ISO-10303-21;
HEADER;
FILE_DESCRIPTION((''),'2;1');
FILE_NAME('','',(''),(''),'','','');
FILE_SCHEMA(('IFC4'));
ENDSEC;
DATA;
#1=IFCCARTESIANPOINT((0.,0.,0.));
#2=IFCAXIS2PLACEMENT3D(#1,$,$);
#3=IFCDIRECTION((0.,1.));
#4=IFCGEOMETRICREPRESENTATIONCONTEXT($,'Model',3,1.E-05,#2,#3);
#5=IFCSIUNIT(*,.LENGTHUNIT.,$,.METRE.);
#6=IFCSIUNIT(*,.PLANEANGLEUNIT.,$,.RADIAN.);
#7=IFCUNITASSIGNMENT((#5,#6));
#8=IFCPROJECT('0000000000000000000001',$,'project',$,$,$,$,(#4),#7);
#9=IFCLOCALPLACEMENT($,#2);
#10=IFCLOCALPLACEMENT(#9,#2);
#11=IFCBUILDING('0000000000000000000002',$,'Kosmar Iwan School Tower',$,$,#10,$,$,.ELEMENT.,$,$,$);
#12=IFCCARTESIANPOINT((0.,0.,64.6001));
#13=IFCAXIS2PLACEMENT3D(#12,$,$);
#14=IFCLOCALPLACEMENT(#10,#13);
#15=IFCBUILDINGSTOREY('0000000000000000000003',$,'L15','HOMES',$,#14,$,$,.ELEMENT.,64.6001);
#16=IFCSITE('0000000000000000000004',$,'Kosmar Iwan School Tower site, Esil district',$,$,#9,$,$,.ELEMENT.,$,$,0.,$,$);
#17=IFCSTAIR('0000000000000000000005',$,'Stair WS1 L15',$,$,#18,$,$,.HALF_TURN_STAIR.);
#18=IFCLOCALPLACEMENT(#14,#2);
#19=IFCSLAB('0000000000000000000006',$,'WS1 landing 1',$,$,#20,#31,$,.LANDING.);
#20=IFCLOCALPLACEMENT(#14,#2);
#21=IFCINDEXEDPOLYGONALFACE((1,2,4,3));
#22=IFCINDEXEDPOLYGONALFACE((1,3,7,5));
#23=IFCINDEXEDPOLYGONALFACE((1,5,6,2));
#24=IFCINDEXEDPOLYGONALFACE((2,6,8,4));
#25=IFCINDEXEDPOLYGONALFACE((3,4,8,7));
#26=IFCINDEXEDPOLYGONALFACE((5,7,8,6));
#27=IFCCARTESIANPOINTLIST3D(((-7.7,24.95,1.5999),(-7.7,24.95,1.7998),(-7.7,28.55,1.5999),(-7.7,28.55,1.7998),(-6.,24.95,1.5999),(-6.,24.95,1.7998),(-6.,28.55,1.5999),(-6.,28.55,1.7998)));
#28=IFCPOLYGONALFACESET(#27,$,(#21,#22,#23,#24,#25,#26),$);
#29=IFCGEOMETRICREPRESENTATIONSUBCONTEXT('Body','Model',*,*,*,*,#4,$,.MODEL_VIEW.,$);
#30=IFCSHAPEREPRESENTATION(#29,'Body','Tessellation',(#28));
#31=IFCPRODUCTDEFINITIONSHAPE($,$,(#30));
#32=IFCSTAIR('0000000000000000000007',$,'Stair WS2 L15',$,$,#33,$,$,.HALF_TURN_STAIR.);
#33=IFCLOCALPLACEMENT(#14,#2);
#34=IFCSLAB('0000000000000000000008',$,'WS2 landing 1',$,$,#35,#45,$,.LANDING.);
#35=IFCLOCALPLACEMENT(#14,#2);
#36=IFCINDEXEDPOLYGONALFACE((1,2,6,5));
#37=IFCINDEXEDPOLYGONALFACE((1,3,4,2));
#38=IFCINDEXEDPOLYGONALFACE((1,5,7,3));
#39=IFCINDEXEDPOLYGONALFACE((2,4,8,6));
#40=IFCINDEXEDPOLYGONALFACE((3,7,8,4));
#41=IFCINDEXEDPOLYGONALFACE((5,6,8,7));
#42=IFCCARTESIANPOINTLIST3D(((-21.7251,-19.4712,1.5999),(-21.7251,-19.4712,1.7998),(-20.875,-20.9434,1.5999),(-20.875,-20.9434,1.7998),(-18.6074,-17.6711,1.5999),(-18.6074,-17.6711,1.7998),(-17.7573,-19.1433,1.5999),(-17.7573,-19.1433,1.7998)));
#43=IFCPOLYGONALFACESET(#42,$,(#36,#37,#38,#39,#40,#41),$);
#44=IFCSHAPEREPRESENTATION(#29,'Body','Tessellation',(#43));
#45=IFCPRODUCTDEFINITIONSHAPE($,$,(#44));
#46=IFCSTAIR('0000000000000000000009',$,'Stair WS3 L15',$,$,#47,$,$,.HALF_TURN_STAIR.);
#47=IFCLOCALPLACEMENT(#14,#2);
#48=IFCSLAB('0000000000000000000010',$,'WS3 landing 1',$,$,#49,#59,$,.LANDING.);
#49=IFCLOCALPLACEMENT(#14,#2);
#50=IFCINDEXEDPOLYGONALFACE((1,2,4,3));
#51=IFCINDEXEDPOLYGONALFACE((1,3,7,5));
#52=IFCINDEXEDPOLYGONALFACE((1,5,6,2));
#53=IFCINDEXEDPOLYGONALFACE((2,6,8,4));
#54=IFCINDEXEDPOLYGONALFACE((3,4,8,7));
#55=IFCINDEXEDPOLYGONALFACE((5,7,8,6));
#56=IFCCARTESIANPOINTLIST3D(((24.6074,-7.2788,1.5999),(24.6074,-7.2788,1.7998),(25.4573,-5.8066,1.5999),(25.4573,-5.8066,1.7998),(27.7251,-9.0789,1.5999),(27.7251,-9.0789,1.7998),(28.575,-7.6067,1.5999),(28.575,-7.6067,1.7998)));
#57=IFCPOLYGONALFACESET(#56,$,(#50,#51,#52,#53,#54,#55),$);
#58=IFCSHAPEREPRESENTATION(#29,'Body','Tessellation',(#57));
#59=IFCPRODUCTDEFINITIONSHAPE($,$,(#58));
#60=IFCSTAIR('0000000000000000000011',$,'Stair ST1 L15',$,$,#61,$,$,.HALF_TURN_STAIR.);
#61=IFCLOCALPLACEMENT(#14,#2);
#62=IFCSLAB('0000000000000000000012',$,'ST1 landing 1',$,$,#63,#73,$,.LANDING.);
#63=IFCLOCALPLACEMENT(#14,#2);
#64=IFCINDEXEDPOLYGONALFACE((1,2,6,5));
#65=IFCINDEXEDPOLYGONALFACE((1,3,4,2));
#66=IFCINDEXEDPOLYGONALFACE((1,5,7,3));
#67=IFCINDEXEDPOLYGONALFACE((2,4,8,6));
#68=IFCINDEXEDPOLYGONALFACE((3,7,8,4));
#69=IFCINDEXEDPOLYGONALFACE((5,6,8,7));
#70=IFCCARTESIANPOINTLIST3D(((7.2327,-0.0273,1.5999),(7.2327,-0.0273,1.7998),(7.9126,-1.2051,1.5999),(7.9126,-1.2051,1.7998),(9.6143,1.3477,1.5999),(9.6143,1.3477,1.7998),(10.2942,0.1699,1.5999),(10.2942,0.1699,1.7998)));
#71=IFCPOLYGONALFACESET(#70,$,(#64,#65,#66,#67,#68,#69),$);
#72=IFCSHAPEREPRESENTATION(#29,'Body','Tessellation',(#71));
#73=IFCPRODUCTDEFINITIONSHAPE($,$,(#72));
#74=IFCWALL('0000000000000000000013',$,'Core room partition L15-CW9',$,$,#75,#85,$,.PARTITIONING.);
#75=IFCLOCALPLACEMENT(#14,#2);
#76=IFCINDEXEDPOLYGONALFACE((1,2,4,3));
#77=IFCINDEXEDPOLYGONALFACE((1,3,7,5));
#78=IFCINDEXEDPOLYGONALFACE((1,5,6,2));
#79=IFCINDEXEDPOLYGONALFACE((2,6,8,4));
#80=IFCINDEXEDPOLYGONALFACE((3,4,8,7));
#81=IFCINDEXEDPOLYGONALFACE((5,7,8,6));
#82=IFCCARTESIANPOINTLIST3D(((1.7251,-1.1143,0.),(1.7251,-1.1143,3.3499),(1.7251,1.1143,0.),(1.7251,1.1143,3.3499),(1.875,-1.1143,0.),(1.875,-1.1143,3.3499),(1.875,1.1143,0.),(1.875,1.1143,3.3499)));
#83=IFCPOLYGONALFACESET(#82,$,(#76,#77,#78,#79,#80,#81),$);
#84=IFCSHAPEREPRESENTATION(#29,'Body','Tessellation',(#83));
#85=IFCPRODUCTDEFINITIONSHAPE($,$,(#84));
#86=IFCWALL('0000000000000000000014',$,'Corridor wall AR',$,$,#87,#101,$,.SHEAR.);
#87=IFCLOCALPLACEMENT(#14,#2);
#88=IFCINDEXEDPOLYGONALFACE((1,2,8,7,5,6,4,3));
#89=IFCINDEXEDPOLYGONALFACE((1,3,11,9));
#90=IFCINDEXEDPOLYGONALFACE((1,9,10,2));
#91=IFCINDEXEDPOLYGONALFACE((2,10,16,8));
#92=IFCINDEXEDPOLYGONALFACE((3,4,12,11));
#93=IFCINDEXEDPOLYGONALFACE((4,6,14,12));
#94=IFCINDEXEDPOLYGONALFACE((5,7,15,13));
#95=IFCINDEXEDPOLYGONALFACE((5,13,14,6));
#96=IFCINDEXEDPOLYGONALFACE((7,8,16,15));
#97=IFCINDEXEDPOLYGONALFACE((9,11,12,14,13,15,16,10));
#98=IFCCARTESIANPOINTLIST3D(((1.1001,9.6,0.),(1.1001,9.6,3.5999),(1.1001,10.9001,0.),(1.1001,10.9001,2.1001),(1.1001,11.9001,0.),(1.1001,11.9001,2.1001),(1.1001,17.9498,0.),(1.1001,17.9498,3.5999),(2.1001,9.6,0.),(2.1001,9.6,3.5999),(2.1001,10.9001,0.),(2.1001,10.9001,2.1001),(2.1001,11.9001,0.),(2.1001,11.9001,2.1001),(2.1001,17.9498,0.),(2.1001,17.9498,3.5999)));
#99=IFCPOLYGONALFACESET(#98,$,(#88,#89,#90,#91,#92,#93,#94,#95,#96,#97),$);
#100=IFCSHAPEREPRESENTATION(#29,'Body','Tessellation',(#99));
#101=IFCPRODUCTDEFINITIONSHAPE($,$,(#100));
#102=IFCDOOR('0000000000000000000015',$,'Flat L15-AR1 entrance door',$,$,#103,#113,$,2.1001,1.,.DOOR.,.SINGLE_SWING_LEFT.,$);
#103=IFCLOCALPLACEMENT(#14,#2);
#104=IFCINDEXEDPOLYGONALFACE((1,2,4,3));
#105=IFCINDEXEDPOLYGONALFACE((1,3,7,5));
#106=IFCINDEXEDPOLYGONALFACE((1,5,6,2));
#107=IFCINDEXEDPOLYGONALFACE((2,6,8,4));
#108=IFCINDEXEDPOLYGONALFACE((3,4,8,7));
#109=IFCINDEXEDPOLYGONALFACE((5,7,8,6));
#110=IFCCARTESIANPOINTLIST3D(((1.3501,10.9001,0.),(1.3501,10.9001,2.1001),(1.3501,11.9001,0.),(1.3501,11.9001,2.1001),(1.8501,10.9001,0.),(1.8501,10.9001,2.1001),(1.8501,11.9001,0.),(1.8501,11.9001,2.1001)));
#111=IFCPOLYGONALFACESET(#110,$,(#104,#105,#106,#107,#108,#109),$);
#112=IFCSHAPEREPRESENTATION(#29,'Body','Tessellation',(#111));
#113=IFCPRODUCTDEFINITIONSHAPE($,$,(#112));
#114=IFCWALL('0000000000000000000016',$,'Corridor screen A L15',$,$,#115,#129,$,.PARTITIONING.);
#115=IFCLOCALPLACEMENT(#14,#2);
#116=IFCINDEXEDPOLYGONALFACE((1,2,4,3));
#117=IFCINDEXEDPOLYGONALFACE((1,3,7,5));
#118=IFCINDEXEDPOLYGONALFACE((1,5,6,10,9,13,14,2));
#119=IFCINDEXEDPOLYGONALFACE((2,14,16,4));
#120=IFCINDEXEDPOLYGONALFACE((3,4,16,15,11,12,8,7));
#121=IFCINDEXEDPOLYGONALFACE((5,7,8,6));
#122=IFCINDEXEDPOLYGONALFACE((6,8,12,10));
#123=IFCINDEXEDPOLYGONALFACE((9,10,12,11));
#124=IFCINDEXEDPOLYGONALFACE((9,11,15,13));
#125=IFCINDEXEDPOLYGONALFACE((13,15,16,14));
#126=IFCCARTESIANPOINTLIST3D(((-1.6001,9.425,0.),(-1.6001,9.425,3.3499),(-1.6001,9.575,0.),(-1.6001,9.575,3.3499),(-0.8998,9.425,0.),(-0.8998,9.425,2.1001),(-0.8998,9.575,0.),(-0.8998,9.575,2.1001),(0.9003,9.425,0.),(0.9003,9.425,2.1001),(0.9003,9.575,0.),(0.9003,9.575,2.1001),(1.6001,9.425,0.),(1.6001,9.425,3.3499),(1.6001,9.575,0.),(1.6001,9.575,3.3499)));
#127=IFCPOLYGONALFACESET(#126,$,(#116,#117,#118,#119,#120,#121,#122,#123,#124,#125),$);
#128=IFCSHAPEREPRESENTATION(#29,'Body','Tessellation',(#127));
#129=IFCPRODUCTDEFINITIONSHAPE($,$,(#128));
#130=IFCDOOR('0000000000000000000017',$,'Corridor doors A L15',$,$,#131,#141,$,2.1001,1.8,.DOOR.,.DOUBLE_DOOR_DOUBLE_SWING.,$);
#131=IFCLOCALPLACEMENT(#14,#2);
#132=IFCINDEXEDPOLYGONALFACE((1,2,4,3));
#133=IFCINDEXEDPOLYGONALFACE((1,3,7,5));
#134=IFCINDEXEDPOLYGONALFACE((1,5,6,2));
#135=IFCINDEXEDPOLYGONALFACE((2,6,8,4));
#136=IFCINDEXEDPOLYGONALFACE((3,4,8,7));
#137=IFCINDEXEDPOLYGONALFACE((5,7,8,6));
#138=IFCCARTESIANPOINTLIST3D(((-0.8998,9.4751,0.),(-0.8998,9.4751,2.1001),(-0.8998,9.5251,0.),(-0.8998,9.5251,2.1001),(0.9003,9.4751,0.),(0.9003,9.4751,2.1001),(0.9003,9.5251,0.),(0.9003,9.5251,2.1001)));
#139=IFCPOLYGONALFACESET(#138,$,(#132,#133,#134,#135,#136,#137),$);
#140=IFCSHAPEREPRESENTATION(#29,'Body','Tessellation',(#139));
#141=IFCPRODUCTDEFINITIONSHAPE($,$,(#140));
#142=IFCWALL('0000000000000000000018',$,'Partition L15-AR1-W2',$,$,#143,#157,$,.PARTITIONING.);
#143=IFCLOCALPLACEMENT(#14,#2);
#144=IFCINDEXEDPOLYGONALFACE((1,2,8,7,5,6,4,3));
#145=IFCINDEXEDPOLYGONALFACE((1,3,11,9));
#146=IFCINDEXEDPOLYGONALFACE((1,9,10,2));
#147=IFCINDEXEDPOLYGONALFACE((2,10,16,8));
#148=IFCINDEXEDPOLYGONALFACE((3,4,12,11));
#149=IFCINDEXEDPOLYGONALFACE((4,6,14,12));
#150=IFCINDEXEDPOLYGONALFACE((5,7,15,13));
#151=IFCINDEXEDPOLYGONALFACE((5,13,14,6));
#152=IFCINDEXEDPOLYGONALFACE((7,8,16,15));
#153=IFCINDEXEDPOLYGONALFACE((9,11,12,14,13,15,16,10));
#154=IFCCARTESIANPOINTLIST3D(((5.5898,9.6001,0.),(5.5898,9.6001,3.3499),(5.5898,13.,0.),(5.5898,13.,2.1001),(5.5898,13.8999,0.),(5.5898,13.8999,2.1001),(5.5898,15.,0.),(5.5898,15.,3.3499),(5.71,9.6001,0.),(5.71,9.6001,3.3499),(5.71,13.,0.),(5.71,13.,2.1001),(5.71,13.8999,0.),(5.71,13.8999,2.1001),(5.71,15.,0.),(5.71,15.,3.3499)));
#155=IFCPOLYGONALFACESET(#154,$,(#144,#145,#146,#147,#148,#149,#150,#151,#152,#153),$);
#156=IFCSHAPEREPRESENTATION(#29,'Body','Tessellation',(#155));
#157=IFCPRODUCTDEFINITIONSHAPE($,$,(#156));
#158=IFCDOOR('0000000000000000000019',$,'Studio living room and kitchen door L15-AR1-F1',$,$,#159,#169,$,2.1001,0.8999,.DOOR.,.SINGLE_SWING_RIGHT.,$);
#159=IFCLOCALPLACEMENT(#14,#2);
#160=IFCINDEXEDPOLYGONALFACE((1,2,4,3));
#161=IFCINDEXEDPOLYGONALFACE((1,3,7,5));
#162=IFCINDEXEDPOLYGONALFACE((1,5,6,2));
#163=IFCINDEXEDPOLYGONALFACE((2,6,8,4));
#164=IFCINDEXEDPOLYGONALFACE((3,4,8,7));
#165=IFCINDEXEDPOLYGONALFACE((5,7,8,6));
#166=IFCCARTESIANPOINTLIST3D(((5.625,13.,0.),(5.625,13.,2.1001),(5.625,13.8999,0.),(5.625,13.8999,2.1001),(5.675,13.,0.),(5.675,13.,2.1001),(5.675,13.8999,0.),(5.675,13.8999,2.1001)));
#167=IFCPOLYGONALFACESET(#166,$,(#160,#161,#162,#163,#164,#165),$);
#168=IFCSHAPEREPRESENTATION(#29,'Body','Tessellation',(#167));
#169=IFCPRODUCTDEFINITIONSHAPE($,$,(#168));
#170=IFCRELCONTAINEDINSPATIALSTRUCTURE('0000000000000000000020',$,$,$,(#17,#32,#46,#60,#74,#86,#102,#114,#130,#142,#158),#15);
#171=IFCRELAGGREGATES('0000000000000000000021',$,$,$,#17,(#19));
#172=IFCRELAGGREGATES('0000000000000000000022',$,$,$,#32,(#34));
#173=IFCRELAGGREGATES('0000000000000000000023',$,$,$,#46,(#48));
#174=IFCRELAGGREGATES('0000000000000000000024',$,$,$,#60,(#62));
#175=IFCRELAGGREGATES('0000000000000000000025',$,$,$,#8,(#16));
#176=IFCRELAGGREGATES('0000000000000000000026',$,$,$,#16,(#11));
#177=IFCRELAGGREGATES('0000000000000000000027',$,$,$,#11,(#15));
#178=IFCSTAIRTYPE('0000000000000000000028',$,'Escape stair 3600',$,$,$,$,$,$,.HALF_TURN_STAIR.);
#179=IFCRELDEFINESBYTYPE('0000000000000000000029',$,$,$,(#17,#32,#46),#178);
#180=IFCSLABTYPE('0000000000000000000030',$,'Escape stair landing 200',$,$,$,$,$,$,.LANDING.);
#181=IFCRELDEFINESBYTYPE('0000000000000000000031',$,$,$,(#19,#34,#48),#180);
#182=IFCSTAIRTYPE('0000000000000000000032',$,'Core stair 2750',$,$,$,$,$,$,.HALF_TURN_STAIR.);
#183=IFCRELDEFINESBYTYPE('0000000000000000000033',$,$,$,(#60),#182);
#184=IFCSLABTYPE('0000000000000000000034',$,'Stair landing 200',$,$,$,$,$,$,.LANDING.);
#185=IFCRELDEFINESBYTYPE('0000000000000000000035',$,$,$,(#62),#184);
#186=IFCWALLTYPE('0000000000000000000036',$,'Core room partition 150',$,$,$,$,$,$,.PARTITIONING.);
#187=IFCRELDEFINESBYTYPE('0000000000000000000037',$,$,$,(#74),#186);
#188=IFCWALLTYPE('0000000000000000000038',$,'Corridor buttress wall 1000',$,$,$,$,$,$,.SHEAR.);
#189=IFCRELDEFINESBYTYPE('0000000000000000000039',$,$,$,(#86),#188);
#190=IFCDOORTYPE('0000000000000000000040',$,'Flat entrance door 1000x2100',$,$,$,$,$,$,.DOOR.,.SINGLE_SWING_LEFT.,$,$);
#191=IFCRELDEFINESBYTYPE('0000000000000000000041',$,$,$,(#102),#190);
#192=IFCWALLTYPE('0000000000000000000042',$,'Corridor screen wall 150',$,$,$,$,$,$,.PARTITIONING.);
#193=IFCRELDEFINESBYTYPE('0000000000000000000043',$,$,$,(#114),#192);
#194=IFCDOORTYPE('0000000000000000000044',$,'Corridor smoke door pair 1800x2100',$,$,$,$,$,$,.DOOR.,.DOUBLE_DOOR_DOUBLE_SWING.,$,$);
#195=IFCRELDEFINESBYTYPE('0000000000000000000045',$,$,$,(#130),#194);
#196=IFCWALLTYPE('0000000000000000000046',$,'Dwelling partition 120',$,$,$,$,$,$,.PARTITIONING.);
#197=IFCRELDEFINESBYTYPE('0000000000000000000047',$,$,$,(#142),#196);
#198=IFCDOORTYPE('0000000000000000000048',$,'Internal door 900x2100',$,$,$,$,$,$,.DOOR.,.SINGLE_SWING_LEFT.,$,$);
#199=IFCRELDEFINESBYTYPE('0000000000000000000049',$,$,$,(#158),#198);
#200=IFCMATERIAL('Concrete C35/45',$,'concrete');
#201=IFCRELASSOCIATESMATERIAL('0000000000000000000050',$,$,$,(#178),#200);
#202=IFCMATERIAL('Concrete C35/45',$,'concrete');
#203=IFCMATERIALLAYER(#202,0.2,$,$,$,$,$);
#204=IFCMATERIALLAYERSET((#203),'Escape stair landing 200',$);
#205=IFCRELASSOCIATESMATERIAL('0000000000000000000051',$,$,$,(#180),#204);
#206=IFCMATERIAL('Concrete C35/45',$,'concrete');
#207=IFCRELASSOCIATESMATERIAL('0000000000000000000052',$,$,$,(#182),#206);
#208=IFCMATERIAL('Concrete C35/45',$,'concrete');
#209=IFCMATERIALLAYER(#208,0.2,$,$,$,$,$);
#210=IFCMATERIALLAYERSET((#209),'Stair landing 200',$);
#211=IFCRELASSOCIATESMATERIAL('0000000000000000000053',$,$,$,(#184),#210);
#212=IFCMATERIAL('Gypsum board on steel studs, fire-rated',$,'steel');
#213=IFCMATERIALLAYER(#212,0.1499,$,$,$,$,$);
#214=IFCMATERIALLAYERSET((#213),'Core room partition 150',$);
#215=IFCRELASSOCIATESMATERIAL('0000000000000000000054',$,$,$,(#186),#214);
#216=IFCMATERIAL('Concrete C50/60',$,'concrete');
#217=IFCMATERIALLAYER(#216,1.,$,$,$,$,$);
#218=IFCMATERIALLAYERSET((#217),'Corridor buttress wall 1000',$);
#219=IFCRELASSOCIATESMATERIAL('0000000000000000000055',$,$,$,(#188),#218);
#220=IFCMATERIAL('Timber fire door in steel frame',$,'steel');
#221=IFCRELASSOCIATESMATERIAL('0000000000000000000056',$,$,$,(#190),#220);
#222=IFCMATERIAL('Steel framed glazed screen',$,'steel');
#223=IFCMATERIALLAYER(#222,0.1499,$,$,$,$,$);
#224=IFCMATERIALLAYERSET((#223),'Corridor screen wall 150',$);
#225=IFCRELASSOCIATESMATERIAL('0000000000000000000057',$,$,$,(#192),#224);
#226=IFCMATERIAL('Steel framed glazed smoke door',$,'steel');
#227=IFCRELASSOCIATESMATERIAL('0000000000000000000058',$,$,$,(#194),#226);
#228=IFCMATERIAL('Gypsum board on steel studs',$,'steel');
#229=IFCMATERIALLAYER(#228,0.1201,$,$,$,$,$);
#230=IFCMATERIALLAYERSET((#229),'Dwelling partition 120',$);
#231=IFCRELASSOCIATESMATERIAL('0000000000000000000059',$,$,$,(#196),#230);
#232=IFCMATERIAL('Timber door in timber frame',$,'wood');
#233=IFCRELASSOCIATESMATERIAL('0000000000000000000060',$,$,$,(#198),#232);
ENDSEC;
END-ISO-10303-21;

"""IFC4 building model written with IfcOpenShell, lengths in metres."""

from ifc_helpers import new_model, si_unit, direction, frame, frame_2d, origin, place, context, subcontext, project, spatial, polyline, rectangle, outline, extrude, material, layer, layer_set, type_object, element, fill, aggregate, save


model = new_model("IFC4")

# Units and contexts
model_context = context("Model", 3, precision=1e-05, world=origin(), true_north=direction((0.0, 1.0)))
body_context = subcontext(model_context, "Body", "Model", "MODEL_VIEW")
ifc_project = project(units=[si_unit("LENGTHUNIT", "METRE"), si_unit("PLANEANGLEUNIT", "RADIAN")], contexts=[model_context])

# Site, building, storey
site_placement = place(None, origin())
site = spatial("IfcSite", under=ifc_project, at=site_placement, Name="Kosmar Iwan School Tower site, Esil district", CompositionType="ELEMENT", RefElevation=0.0)
building_placement = place(site_placement, origin())
building = spatial("IfcBuilding", under=site, at=building_placement, Name="Kosmar Iwan School Tower", CompositionType="ELEMENT")
storey_placement = place(building_placement, frame((0.0, 0.0, 64.6001)))
storey = spatial("IfcBuildingStorey", under=building, at=storey_placement, Name="L15", Description="HOMES", CompositionType="ELEMENT", Elevation=64.6001)

# Stairs, slabs
ifc_material_1 = material(Name="Concrete C35/45", Category="concrete")
stair_type_1 = type_object("IfcStairType", Name="Escape stair 3600", PredefinedType="HALF_TURN_STAIR", material=ifc_material_1)
stair_1_placement = place(storey_placement, origin())
stair_1 = element("IfcStair", 1, at=stair_1_placement, inside=storey, type_object=stair_type_1, Name="Stair WS1 L15", PredefinedType="HALF_TURN_STAIR")
ifc_material_2 = material(Name="Concrete C35/45", Category="concrete")
ifc_layer_1 = layer(ifc_material_2, 0.2)
ifc_layer_set_1 = layer_set([ifc_layer_1], Name="Escape stair landing 200")
slab_type_1 = type_object("IfcSlabType", Name="Escape stair landing 200", PredefinedType="LANDING", material=ifc_layer_set_1)
slab_1_placement = place(storey_placement, frame((0.0, 0.0, 1.5999)))
slab_1 = element("IfcSlab", 2, at=slab_1_placement, type_object=slab_type_1, Name="WS1 landing 1", PredefinedType="LANDING", context=body_context, shape_type="SweptSolid", body=[
    extrude(outline(polyline([(-6.0, 24.95), (-6.0, 28.55), (-7.7, 28.55), (-7.7, 24.95), (-6.0, 24.95)])), origin(), (0.0, 0.0, 1.0), 0.2),
])
aggregate(stair_1, [slab_1])
stair_2_placement = place(storey_placement, origin())
stair_2 = element("IfcStair", 3, at=stair_2_placement, inside=storey, type_object=stair_type_1, Name="Stair WS2 L15", PredefinedType="HALF_TURN_STAIR")
slab_2_placement = place(storey_placement, frame((0.0, 0.0, 1.5999)))
slab_2 = element("IfcSlab", 4, at=slab_2_placement, type_object=slab_type_1, Name="WS2 landing 1", PredefinedType="LANDING", context=body_context, shape_type="SweptSolid", body=[
    extrude(outline(polyline([(-18.6074, -17.6711), (-21.7251, -19.4712), (-20.875, -20.9434), (-17.7573, -19.1433), (-18.6074, -17.6711)])), origin(), (0.0, 0.0, 1.0), 0.2),
])
aggregate(stair_2, [slab_2])
stair_3_placement = place(storey_placement, origin())
stair_3 = element("IfcStair", 5, at=stair_3_placement, inside=storey, type_object=stair_type_1, Name="Stair WS3 L15", PredefinedType="HALF_TURN_STAIR")
slab_3_placement = place(storey_placement, frame((0.0, 0.0, 1.5999)))
slab_3 = element("IfcSlab", 6, at=slab_3_placement, type_object=slab_type_1, Name="WS3 landing 1", PredefinedType="LANDING", context=body_context, shape_type="SweptSolid", body=[
    extrude(outline(polyline([(24.6074, -7.2788), (27.7251, -9.0789), (28.575, -7.6067), (25.4573, -5.8066), (24.6074, -7.2788)])), origin(), (0.0, 0.0, 1.0), 0.2),
])
aggregate(stair_3, [slab_3])
ifc_material_3 = material(Name="Concrete C35/45", Category="concrete")
stair_type_2 = type_object("IfcStairType", Name="Core stair 2750", PredefinedType="HALF_TURN_STAIR", material=ifc_material_3)
stair_4_placement = place(storey_placement, origin())
stair_4 = element("IfcStair", 7, at=stair_4_placement, inside=storey, type_object=stair_type_2, Name="Stair ST1 L15", PredefinedType="HALF_TURN_STAIR")
ifc_material_4 = material(Name="Concrete C35/45", Category="concrete")
ifc_layer_2 = layer(ifc_material_4, 0.2)
ifc_layer_set_2 = layer_set([ifc_layer_2], Name="Stair landing 200")
slab_type_2 = type_object("IfcSlabType", Name="Stair landing 200", PredefinedType="LANDING", material=ifc_layer_set_2)
slab_4_placement = place(storey_placement, frame((0.0, 0.0, 1.5999)))
slab_4 = element("IfcSlab", 8, at=slab_4_placement, type_object=slab_type_2, Name="ST1 landing 1", PredefinedType="LANDING", context=body_context, shape_type="SweptSolid", body=[
    extrude(outline(polyline([(7.9126, -1.2051), (10.2942, 0.1699), (9.6143, 1.3477), (7.2327, -0.0273), (7.9126, -1.2051)])), origin(), (0.0, 0.0, 1.0), 0.2),
])

# Wall
ifc_material_5 = material(Name="Gypsum board on steel studs, fire-rated", Category="steel")
ifc_layer_3 = layer(ifc_material_5, 0.1499)
ifc_layer_set_3 = layer_set([ifc_layer_3], Name="Core room partition 150")
wall_type_1 = type_object("IfcWallType", Name="Core room partition 150", PredefinedType="PARTITIONING", material=ifc_layer_set_3)
wall_1_placement = place(storey_placement, frame((1.8, 1.1143, 0.0), z_axis=(0.0, 0.0, 1.0), x_axis=(0.0, -1.0, 0.0)))
element("IfcWall", 9, at=wall_1_placement, inside=storey, type_object=wall_type_1, Name="Core room partition L15-CW9", PredefinedType="PARTITIONING", context=body_context, shape_type="SweptSolid", body=[
    extrude(rectangle(XDim=2.2285, YDim=0.1499, at=frame_2d((1.1143, 0.0))), origin(), (0.0, 0.0, 1.0), 3.3499),
])

# Walls, openings, doors
ifc_material_6 = material(Name="Concrete C50/60", Category="concrete")
ifc_layer_4 = layer(ifc_material_6, 1.0)
ifc_layer_set_4 = layer_set([ifc_layer_4], Name="Corridor buttress wall 1000")
wall_type_2 = type_object("IfcWallType", Name="Corridor buttress wall 1000", PredefinedType="SHEAR", material=ifc_layer_set_4)
wall_2_placement = place(storey_placement, frame((1.6001, 9.6001, 0.0), z_axis=(0.0, 0.0, 1.0), x_axis=(0.0, 1.0, 0.0)))
wall_2 = element("IfcWall", 10, at=wall_2_placement, inside=storey, type_object=wall_type_2, Name="Corridor wall AR", PredefinedType="SHEAR", context=body_context, shape_type="SweptSolid", body=[
    extrude(rectangle(XDim=8.3499, YDim=1.0, at=frame_2d((4.1748, 0.0))), origin(), (0.0, 0.0, 1.0), 3.5999),
])
opening_1_placement = place(wall_2_placement, frame((1.3, 0.0, 0.0)))
opening_1 = element("IfcOpeningElement", 11, at=opening_1_placement, cuts=wall_2, PredefinedType="OPENING", context=body_context, shape_type="SweptSolid", body=[
    extrude(rectangle(XDim=1.0, YDim=2.1001, at=frame_2d((0.5, 1.05))), frame((0.0, 0.512, 0.0), z_axis=(0.0, -1.0, 0.0), x_axis=(1.0, 0.0, 0.0)), (0.0, 0.0, 1.0), 1.0239),
])
ifc_material_7 = material(Name="Timber fire door in steel frame", Category="steel")
door_type_1 = type_object("IfcDoorType", Name="Flat entrance door 1000x2100", OperationType="SINGLE_SWING_LEFT", PredefinedType="DOOR", material=ifc_material_7)
door_1_placement = place(opening_1_placement, origin())
door_1 = element("IfcDoor", 12, at=door_1_placement, inside=storey, type_object=door_type_1, Name="Flat L15-AR1 entrance door", OperationType="SINGLE_SWING_LEFT", OverallHeight=2.1001, OverallWidth=1.0, PredefinedType="DOOR", context=body_context, shape_type="SweptSolid", body=[
    extrude(rectangle(XDim=1.0, YDim=2.1001, at=frame_2d((0.5, 1.05))), frame((0.0, 0.25, 0.0), z_axis=(0.0, -1.0, 0.0), x_axis=(1.0, 0.0, 0.0)), (0.0, 0.0, 1.0), 0.5),
])
fill(opening_1, door_1)
ifc_material_8 = material(Name="Steel framed glazed screen", Category="steel")
ifc_layer_5 = layer(ifc_material_8, 0.1499)
ifc_layer_set_5 = layer_set([ifc_layer_5], Name="Corridor screen wall 150")
wall_type_3 = type_object("IfcWallType", Name="Corridor screen wall 150", PredefinedType="PARTITIONING", material=ifc_layer_set_5)
wall_3_placement = place(storey_placement, frame((1.6001, 9.5, 0.0), z_axis=(0.0, 0.0, 1.0), x_axis=(-1.0, 0.0, 0.0)))
wall_3 = element("IfcWall", 13, at=wall_3_placement, inside=storey, type_object=wall_type_3, Name="Corridor screen A L15", PredefinedType="PARTITIONING", context=body_context, shape_type="SweptSolid", body=[
    extrude(rectangle(XDim=3.2002, YDim=0.1499, at=frame_2d((1.6001, 0.0))), origin(), (0.0, 0.0, 1.0), 3.3499),
])
opening_2_placement = place(wall_3_placement, frame((0.7, 0.0, 0.0)))
opening_2 = element("IfcOpeningElement", 14, at=opening_2_placement, cuts=wall_3, PredefinedType="OPENING", context=body_context, shape_type="SweptSolid", body=[
    extrude(rectangle(XDim=1.8, YDim=2.1001, at=frame_2d((0.8999, 1.05))), frame((0.0, 0.0869, 0.0), z_axis=(0.0, -1.0, 0.0), x_axis=(1.0, 0.0, 0.0)), (0.0, 0.0, 1.0), 0.1738),
])
ifc_material_9 = material(Name="Steel framed glazed smoke door", Category="steel")
door_type_2 = type_object("IfcDoorType", Name="Corridor smoke door pair 1800x2100", OperationType="DOUBLE_DOOR_DOUBLE_SWING", PredefinedType="DOOR", material=ifc_material_9)
door_2_placement = place(opening_2_placement, origin())
door_2 = element("IfcDoor", 15, at=door_2_placement, inside=storey, type_object=door_type_2, Name="Corridor doors A L15", OperationType="DOUBLE_DOOR_DOUBLE_SWING", OverallHeight=2.1001, OverallWidth=1.8, PredefinedType="DOOR", context=body_context, shape_type="SweptSolid", body=[
    extrude(rectangle(XDim=1.8, YDim=2.1001, at=frame_2d((0.8999, 1.05))), frame((0.0, 0.0249, 0.0), z_axis=(0.0, -1.0, 0.0), x_axis=(1.0, 0.0, 0.0)), (0.0, 0.0, 1.0), 0.05),
])
fill(opening_2, door_2)
ifc_material_10 = material(Name="Gypsum board on steel studs", Category="steel")
ifc_layer_6 = layer(ifc_material_10, 0.1201)
ifc_layer_set_6 = layer_set([ifc_layer_6], Name="Dwelling partition 120")
wall_type_4 = type_object("IfcWallType", Name="Dwelling partition 120", PredefinedType="PARTITIONING", material=ifc_layer_set_6)
wall_4_placement = place(storey_placement, frame((5.6499, 9.6001, 0.0), z_axis=(0.0, 0.0, 1.0), x_axis=(0.0, 1.0, 0.0)))
wall_4 = element("IfcWall", 16, at=wall_4_placement, inside=storey, type_object=wall_type_4, Name="Partition L15-AR1-W2", PredefinedType="PARTITIONING", context=body_context, shape_type="SweptSolid", body=[
    extrude(rectangle(XDim=5.3999, YDim=0.1201, at=frame_2d((2.7, 0.0))), origin(), (0.0, 0.0, 1.0), 3.3499),
])
opening_3_placement = place(wall_4_placement, frame((3.3999, 0.0, 0.0)))
opening_3 = element("IfcOpeningElement", 17, at=opening_3_placement, cuts=wall_4, PredefinedType="OPENING", context=body_context, shape_type="SweptSolid", body=[
    extrude(rectangle(XDim=0.8999, YDim=2.1001, at=frame_2d((0.45, 1.05))), frame((0.0, 0.072, 0.0), z_axis=(0.0, -1.0, 0.0), x_axis=(1.0, 0.0, 0.0)), (0.0, 0.0, 1.0), 0.144),
])
ifc_material_11 = material(Name="Timber door in timber frame", Category="wood")
door_type_3 = type_object("IfcDoorType", Name="Internal door 900x2100", OperationType="SINGLE_SWING_LEFT", PredefinedType="DOOR", material=ifc_material_11)
door_3_placement = place(opening_3_placement, origin())
door_3 = element("IfcDoor", 18, at=door_3_placement, inside=storey, type_object=door_type_3, Name="Studio living room and kitchen door L15-AR1-F1", OperationType="SINGLE_SWING_RIGHT", OverallHeight=2.1001, OverallWidth=0.8999, PredefinedType="DOOR", context=body_context, shape_type="SweptSolid", body=[
    extrude(rectangle(XDim=0.8999, YDim=2.1001, at=frame_2d((0.45, 1.05))), frame((0.0, 0.0249, 0.0), z_axis=(0.0, -1.0, 0.0), x_axis=(1.0, 0.0, 0.0)), (0.0, 0.0, 1.0), 0.05),
])
fill(opening_3, door_3)

aggregate(stair_4, [slab_4])

save(model, "model.ifc")
